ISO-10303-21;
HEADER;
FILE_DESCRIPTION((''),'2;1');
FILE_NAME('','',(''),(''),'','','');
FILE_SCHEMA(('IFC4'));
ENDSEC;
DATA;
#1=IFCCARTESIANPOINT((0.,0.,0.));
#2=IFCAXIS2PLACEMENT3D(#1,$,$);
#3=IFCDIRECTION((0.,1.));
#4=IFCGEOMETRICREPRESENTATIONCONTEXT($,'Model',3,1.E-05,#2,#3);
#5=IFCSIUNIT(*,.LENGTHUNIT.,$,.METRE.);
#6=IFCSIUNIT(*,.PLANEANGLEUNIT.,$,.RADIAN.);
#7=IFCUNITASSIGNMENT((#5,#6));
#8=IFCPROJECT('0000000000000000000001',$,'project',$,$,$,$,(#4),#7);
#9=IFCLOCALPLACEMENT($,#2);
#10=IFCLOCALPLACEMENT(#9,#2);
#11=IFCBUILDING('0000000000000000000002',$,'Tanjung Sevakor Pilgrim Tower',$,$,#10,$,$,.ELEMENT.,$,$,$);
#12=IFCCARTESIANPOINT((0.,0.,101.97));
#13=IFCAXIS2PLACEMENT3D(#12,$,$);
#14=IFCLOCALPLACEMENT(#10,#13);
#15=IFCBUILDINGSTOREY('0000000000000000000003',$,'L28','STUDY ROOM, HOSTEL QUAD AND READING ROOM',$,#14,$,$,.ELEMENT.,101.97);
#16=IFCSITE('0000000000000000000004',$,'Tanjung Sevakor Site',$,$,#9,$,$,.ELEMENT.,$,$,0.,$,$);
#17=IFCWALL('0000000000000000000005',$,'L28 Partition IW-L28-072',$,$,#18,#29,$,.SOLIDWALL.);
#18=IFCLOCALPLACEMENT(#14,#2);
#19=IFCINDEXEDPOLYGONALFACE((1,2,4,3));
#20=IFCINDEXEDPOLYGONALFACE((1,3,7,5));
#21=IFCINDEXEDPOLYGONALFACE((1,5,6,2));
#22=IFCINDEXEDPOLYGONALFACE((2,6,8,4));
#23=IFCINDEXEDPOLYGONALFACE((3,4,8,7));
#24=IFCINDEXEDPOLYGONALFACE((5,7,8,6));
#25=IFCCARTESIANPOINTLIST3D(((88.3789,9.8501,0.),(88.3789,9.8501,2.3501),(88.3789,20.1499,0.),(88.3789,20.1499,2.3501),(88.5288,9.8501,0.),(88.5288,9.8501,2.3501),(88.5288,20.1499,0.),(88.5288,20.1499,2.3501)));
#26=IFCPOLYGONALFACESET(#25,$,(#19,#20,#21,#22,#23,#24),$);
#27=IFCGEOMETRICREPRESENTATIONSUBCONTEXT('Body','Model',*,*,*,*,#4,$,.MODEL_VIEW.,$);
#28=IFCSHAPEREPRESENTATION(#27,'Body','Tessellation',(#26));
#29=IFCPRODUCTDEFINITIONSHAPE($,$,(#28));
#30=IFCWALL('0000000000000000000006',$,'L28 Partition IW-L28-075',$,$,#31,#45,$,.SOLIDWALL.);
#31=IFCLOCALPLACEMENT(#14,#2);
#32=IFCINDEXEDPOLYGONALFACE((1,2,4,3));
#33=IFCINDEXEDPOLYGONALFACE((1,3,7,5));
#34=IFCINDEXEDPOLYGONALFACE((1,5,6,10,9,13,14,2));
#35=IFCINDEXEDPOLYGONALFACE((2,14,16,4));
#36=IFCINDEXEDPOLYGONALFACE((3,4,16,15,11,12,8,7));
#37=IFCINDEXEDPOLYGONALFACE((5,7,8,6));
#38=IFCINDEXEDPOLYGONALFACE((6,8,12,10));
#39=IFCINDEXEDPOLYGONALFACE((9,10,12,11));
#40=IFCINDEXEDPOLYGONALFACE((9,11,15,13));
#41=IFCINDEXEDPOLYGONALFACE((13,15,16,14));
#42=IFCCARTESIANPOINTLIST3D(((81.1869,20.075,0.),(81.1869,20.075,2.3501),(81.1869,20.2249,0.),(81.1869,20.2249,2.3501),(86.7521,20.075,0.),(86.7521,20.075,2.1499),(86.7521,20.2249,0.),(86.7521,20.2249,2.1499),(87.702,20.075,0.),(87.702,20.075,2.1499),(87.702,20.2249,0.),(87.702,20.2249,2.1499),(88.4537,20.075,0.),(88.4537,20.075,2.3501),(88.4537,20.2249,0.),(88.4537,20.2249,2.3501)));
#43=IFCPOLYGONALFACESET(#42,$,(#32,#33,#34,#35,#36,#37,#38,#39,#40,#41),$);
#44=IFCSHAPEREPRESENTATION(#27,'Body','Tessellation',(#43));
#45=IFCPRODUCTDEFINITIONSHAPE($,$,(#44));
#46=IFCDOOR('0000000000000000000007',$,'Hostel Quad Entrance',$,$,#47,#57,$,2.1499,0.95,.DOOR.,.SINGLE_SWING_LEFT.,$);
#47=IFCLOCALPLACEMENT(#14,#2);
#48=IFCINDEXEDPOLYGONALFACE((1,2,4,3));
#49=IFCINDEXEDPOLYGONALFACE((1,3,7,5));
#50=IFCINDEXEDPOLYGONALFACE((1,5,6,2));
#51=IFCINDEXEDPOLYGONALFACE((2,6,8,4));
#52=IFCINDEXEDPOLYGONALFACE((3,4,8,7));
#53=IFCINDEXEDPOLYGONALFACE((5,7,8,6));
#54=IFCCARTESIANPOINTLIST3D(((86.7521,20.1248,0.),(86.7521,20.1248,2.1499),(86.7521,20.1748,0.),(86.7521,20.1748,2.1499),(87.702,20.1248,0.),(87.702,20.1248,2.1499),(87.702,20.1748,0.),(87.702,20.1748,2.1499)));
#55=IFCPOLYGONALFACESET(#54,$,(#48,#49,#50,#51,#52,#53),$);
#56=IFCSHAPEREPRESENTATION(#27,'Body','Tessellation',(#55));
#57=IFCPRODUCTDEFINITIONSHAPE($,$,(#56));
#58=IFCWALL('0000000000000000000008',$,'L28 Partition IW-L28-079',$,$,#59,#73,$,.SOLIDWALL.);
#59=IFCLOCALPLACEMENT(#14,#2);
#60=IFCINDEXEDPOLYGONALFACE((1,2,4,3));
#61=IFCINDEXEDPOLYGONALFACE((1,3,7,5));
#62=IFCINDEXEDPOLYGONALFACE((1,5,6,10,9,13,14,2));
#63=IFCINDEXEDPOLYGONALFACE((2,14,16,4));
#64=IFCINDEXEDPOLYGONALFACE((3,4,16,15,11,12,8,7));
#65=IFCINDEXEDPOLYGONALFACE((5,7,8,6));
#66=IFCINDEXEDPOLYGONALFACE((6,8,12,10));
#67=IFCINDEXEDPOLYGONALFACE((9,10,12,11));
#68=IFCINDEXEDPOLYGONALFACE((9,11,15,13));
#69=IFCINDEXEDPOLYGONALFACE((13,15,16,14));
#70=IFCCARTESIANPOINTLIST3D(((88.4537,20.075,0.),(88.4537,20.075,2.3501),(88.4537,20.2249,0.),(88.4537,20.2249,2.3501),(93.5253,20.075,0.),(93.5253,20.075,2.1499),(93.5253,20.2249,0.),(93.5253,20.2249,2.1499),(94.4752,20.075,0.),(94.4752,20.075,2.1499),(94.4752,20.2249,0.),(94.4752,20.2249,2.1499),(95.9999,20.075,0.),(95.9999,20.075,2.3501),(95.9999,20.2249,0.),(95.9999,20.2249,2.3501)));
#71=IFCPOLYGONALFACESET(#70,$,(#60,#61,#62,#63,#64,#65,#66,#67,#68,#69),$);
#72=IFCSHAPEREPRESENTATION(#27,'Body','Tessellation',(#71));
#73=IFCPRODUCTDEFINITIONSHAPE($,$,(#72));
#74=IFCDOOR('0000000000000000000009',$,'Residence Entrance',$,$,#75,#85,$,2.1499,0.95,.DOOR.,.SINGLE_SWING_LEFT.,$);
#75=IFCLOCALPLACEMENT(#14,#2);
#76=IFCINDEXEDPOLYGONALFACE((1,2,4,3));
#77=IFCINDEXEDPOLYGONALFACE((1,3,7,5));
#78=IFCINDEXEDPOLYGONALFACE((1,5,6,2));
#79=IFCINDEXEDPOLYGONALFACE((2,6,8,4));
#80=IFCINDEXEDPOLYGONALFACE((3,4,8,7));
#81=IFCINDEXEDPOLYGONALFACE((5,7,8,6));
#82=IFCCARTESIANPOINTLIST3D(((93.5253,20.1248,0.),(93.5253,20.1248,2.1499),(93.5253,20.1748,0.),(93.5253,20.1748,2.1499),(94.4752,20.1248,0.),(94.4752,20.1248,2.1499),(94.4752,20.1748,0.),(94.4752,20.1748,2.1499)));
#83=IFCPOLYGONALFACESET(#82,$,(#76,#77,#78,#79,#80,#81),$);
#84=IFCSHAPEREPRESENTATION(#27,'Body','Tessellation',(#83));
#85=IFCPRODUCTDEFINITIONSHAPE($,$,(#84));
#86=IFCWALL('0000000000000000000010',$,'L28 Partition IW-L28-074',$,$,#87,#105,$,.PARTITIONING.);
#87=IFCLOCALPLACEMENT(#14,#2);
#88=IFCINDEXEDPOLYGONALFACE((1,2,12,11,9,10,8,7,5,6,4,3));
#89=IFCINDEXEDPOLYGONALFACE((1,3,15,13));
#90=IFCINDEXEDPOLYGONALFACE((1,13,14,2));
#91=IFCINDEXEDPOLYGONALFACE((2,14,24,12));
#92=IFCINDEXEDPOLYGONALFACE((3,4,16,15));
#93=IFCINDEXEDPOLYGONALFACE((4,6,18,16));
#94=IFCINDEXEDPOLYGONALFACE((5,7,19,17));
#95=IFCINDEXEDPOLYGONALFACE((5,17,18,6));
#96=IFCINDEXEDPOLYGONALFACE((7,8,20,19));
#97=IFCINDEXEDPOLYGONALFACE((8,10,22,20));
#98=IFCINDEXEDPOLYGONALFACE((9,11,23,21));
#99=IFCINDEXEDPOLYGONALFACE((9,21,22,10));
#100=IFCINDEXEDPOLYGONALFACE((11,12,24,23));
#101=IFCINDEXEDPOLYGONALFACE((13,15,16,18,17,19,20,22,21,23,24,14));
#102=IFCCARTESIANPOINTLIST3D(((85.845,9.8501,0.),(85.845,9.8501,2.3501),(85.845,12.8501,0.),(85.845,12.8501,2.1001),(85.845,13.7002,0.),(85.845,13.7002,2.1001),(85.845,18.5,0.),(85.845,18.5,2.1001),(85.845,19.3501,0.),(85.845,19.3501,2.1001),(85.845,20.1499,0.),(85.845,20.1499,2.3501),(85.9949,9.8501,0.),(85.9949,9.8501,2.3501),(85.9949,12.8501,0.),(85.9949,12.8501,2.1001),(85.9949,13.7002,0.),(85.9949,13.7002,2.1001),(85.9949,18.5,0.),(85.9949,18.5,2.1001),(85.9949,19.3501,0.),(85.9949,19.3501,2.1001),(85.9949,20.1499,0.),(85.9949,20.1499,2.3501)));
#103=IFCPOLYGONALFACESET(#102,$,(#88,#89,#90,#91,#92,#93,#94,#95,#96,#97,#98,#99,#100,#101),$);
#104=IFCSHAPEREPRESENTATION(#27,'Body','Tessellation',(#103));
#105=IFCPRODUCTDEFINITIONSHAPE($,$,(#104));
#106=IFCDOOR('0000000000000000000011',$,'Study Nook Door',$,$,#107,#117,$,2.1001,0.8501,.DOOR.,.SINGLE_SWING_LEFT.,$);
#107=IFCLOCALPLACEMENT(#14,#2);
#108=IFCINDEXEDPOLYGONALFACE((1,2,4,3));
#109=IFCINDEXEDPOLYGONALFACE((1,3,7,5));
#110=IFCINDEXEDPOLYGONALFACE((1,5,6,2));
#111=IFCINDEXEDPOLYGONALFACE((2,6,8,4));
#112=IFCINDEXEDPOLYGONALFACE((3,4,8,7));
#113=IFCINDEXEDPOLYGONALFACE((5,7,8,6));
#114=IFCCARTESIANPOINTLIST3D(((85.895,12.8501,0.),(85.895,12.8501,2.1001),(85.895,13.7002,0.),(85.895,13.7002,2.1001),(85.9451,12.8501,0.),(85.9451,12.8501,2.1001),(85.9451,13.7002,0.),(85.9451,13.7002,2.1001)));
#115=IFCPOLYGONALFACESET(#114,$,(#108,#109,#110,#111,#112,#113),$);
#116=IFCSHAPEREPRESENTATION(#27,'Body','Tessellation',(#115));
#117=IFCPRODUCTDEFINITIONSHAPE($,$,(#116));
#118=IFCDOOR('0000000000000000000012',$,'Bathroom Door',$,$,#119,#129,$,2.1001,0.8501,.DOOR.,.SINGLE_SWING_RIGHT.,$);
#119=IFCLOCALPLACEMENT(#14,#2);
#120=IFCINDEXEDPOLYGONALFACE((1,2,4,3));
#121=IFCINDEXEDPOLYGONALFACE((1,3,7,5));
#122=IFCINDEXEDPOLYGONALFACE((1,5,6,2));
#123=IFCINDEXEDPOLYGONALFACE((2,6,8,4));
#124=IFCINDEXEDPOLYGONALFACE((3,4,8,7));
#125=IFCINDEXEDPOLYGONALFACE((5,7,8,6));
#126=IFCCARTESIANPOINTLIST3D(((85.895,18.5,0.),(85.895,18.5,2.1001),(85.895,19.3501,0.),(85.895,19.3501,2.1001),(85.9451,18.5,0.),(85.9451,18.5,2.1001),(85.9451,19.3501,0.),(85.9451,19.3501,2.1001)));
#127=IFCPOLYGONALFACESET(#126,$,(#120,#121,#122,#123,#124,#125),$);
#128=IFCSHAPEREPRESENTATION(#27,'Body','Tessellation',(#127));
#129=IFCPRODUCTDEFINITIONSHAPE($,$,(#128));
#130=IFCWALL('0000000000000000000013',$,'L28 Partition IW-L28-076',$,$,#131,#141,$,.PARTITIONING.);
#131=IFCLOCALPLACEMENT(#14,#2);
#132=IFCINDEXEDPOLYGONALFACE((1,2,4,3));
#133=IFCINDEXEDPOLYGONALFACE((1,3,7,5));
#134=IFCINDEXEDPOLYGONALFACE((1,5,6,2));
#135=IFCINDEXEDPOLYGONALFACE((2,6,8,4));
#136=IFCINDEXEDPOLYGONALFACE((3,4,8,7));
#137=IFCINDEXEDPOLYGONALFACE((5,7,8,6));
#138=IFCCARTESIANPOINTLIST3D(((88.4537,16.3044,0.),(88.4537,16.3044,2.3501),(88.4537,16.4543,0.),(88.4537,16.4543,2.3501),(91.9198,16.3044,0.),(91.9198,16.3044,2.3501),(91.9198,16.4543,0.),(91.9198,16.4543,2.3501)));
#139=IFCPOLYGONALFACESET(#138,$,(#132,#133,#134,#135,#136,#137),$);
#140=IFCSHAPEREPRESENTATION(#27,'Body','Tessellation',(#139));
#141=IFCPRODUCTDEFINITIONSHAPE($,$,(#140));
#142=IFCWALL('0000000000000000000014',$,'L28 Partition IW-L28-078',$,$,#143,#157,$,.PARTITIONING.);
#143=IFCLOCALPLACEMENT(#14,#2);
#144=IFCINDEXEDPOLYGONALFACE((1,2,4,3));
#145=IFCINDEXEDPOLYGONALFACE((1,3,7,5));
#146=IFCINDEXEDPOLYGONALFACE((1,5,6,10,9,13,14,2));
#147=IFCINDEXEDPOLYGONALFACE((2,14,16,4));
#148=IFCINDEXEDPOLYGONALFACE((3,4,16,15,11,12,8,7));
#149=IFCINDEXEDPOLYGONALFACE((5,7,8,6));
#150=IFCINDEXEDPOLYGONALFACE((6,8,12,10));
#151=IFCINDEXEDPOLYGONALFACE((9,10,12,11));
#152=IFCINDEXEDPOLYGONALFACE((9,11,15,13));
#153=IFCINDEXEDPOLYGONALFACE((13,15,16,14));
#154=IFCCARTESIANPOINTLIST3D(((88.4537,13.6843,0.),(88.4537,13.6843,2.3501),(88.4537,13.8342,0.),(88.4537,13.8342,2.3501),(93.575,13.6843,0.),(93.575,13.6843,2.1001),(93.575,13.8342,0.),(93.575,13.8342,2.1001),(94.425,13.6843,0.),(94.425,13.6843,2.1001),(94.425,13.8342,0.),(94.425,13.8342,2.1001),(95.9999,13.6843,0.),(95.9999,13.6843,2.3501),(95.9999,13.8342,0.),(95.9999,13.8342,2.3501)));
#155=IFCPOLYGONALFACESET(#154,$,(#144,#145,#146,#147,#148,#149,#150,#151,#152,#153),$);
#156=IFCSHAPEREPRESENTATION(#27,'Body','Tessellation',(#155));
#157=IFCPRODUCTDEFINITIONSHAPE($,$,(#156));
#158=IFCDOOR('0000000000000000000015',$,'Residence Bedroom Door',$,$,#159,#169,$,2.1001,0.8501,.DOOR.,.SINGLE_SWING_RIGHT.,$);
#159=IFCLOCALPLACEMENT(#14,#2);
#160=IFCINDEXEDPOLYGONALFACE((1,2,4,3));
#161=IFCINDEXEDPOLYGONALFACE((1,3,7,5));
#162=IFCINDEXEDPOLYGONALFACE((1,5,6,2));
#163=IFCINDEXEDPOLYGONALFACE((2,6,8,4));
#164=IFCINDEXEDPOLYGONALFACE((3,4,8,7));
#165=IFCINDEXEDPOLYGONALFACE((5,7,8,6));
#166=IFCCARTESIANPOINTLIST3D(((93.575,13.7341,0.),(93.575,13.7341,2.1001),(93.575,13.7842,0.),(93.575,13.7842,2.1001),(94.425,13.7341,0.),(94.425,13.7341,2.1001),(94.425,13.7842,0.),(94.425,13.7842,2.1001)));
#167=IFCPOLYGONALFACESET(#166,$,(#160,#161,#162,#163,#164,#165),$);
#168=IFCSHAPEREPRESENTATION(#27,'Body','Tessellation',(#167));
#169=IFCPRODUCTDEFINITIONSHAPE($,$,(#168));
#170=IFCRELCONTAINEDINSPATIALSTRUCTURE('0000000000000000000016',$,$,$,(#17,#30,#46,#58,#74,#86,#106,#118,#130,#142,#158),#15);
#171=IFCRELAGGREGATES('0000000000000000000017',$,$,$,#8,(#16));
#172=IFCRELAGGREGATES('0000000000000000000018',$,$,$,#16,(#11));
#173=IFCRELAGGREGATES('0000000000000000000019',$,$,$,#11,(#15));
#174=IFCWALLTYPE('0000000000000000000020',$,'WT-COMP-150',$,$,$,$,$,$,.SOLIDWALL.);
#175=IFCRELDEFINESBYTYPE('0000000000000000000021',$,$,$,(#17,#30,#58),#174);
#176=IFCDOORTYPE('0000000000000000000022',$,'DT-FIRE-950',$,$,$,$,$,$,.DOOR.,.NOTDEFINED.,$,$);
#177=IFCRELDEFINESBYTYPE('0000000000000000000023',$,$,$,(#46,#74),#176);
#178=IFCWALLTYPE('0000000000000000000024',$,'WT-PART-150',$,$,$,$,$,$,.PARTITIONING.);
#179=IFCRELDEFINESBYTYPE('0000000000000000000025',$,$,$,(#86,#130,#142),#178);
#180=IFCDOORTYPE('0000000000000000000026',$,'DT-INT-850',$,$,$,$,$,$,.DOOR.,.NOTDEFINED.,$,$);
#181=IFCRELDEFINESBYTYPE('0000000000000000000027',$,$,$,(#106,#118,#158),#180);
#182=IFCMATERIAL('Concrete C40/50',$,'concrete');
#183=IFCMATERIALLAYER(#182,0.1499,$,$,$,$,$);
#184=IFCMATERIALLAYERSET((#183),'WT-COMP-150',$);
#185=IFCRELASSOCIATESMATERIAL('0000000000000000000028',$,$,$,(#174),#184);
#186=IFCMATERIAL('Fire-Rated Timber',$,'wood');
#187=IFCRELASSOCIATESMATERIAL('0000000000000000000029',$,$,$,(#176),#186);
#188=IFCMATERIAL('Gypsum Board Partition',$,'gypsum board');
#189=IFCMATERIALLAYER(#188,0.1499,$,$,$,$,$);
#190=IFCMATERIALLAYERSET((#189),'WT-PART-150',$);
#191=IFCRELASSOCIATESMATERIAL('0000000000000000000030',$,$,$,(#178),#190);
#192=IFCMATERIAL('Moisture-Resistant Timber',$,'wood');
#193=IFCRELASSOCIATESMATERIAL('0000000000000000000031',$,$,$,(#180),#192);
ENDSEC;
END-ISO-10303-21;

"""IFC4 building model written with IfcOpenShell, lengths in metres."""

from ifc_helpers import new_model, si_unit, direction, frame, frame_2d, origin, place, context, subcontext, project, spatial, rectangle, extrude, material, layer, layer_set, type_object, element, fill, save


model = new_model("IFC4")

# Units and contexts
model_context = context("Model", 3, precision=1e-05, world=origin(), true_north=direction((0.0, 1.0)))
body_context = subcontext(model_context, "Body", "Model", "MODEL_VIEW")
ifc_project = project(units=[si_unit("LENGTHUNIT", "METRE"), si_unit("PLANEANGLEUNIT", "RADIAN")], contexts=[model_context])

# Site, building, storey
site_placement = place(None, origin())
site = spatial("IfcSite", under=ifc_project, at=site_placement, Name="Tanjung Sevakor Site", CompositionType="ELEMENT", RefElevation=0.0)
building_placement = place(site_placement, origin())
building = spatial("IfcBuilding", under=site, at=building_placement, Name="Tanjung Sevakor Pilgrim Tower", CompositionType="ELEMENT")
storey_placement = place(building_placement, frame((0.0, 0.0, 101.97)))
storey = spatial("IfcBuildingStorey", under=building, at=storey_placement, Name="L28", Description="STUDY ROOM, HOSTEL QUAD AND READING ROOM", CompositionType="ELEMENT", Elevation=101.97)

# Wall
ifc_material_1 = material(Name="Concrete C40/50", Category="concrete")
ifc_layer_1 = layer(ifc_material_1, 0.1499)
ifc_layer_set_1 = layer_set([ifc_layer_1], Name="WT-COMP-150")
wall_type_1 = type_object("IfcWallType", Name="WT-COMP-150", PredefinedType="SOLIDWALL", material=ifc_layer_set_1)
wall_1_placement = place(storey_placement, frame((88.4539, 9.8501, 0.0), z_axis=(0.0, 0.0, 1.0), x_axis=(0.0, 1.0, 0.0)))
element("IfcWall", 1, at=wall_1_placement, inside=storey, type_object=wall_type_1, Name="L28 Partition IW-L28-072", PredefinedType="SOLIDWALL", context=body_context, shape_type="SweptSolid", body=[
    extrude(rectangle(XDim=10.2998, YDim=0.1499, at=frame_2d((5.1499, 0.0))), origin(), (0.0, 0.0, 1.0), 2.3501),
])

# Walls, openings, doors
wall_2_placement = place(storey_placement, frame((81.187, 20.1499, 0.0), z_axis=(0.0, 0.0, 1.0), x_axis=(1.0, 0.0, 0.0)))
wall_2 = element("IfcWall", 2, at=wall_2_placement, inside=storey, type_object=wall_type_1, Name="L28 Partition IW-L28-075", PredefinedType="SOLIDWALL", context=body_context, shape_type="SweptSolid", body=[
    extrude(rectangle(XDim=7.2668, YDim=0.1499, at=frame_2d((3.6333, 0.0))), origin(), (0.0, 0.0, 1.0), 2.3501),
])
opening_1_placement = place(wall_2_placement, frame((5.5649, 0.0, 0.0)))
opening_1 = element("IfcOpeningElement", 3, at=opening_1_placement, cuts=wall_2, PredefinedType="OPENING", context=body_context, shape_type="SweptSolid", body=[
    extrude(rectangle(XDim=0.95, YDim=2.1499, at=frame_2d((0.4751, 1.075))), frame((0.0, 0.085, 0.0), z_axis=(0.0, -1.0, 0.0), x_axis=(1.0, 0.0, 0.0)), (0.0, 0.0, 1.0), 0.1699),
])
ifc_material_2 = material(Name="Fire-Rated Timber", Category="wood")
door_type_1 = type_object("IfcDoorType", Name="DT-FIRE-950", OperationType="NOTDEFINED", PredefinedType="DOOR", material=ifc_material_2)
door_1_placement = place(opening_1_placement, origin())
door_1 = element("IfcDoor", 4, at=door_1_placement, inside=storey, type_object=door_type_1, Name="Hostel Quad Entrance", OperationType="SINGLE_SWING_LEFT", OverallHeight=2.1499, OverallWidth=0.95, PredefinedType="DOOR", context=body_context, shape_type="SweptSolid", body=[
    extrude(rectangle(XDim=0.95, YDim=2.1499, at=frame_2d((0.4751, 1.075))), frame((0.0, 0.0249, 0.0), z_axis=(0.0, -1.0, 0.0), x_axis=(1.0, 0.0, 0.0)), (0.0, 0.0, 1.0), 0.05),
])
fill(opening_1, door_1)
wall_3_placement = place(storey_placement, frame((88.4539, 20.1499, 0.0), z_axis=(0.0, 0.0, 1.0), x_axis=(1.0, 0.0, 0.0)))
wall_3 = element("IfcWall", 5, at=wall_3_placement, inside=storey, type_object=wall_type_1, Name="L28 Partition IW-L28-079", PredefinedType="SOLIDWALL", context=body_context, shape_type="SweptSolid", body=[
    extrude(rectangle(XDim=7.5461, YDim=0.1499, at=frame_2d((3.7729, 0.0))), origin(), (0.0, 0.0, 1.0), 2.3501),
])
opening_2_placement = place(wall_3_placement, frame((5.0713, 0.0, 0.0)))
opening_2 = element("IfcOpeningElement", 6, at=opening_2_placement, cuts=wall_3, PredefinedType="OPENING", context=body_context, shape_type="SweptSolid", body=[
    extrude(rectangle(XDim=0.95, YDim=2.1499, at=frame_2d((0.4751, 1.075))), frame((0.0, 0.085, 0.0), z_axis=(0.0, -1.0, 0.0), x_axis=(1.0, 0.0, 0.0)), (0.0, 0.0, 1.0), 0.1699),
])
door_2_placement = place(opening_2_placement, origin())
door_2 = element("IfcDoor", 7, at=door_2_placement, inside=storey, type_object=door_type_1, Name="Residence Entrance", OperationType="SINGLE_SWING_LEFT", OverallHeight=2.1499, OverallWidth=0.95, PredefinedType="DOOR", context=body_context, shape_type="SweptSolid", body=[
    extrude(rectangle(XDim=0.95, YDim=2.1499, at=frame_2d((0.4751, 1.075))), frame((0.0, 0.0249, 0.0), z_axis=(0.0, -1.0, 0.0), x_axis=(1.0, 0.0, 0.0)), (0.0, 0.0, 1.0), 0.05),
])
fill(opening_2, door_2)

# Wall, openings, doors
ifc_material_3 = material(Name="Gypsum Board Partition", Category="gypsum board")
ifc_layer_2 = layer(ifc_material_3, 0.1499)
ifc_layer_set_2 = layer_set([ifc_layer_2], Name="WT-PART-150")
wall_type_2 = type_object("IfcWallType", Name="WT-PART-150", PredefinedType="PARTITIONING", material=ifc_layer_set_2)
wall_4_placement = place(storey_placement, frame((85.9199, 9.8501, 0.0), z_axis=(0.0, 0.0, 1.0), x_axis=(0.0, 1.0, 0.0)))
wall_4 = element("IfcWall", 8, at=wall_4_placement, inside=storey, type_object=wall_type_2, Name="L28 Partition IW-L28-074", PredefinedType="PARTITIONING", context=body_context, shape_type="SweptSolid", body=[
    extrude(rectangle(XDim=10.2998, YDim=0.1499, at=frame_2d((5.1499, 0.0))), origin(), (0.0, 0.0, 1.0), 2.3501),
])
opening_3_placement = place(wall_4_placement, frame((3.0, 0.0, 0.0)))
opening_3 = element("IfcOpeningElement", 9, at=opening_3_placement, cuts=wall_4, PredefinedType="OPENING", context=body_context, shape_type="SweptSolid", body=[
    extrude(rectangle(XDim=0.8501, YDim=2.1001, at=frame_2d((0.425, 1.05))), frame((0.0, 0.085, 0.0), z_axis=(0.0, -1.0, 0.0), x_axis=(1.0, 0.0, 0.0)), (0.0, 0.0, 1.0), 0.1699),
])
opening_4_placement = place(wall_4_placement, frame((8.6499, 0.0, 0.0)))
opening_4 = element("IfcOpeningElement", 10, at=opening_4_placement, cuts=wall_4, PredefinedType="OPENING", context=body_context, shape_type="SweptSolid", body=[
    extrude(rectangle(XDim=0.8501, YDim=2.1001, at=frame_2d((0.425, 1.05))), frame((0.0, 0.085, 0.0), z_axis=(0.0, -1.0, 0.0), x_axis=(1.0, 0.0, 0.0)), (0.0, 0.0, 1.0), 0.1699),
])
ifc_material_4 = material(Name="Moisture-Resistant Timber", Category="wood")
door_type_2 = type_object("IfcDoorType", Name="DT-INT-850", OperationType="NOTDEFINED", PredefinedType="DOOR", material=ifc_material_4)
door_3_placement = place(opening_3_placement, origin())
door_3 = element("IfcDoor", 11, at=door_3_placement, inside=storey, type_object=door_type_2, Name="Study Nook Door", OperationType="SINGLE_SWING_LEFT", OverallHeight=2.1001, OverallWidth=0.8501, PredefinedType="DOOR", context=body_context, shape_type="SweptSolid", body=[
    extrude(rectangle(XDim=0.8501, YDim=2.1001, at=frame_2d((0.425, 1.05))), frame((0.0, 0.0249, 0.0), z_axis=(0.0, -1.0, 0.0), x_axis=(1.0, 0.0, 0.0)), (0.0, 0.0, 1.0), 0.05),
])
fill(opening_3, door_3)
door_4_placement = place(opening_4_placement, origin())
door_4 = element("IfcDoor", 12, at=door_4_placement, inside=storey, type_object=door_type_2, Name="Bathroom Door", OperationType="SINGLE_SWING_RIGHT", OverallHeight=2.1001, OverallWidth=0.8501, PredefinedType="DOOR", context=body_context, shape_type="SweptSolid", body=[
    extrude(rectangle(XDim=0.8501, YDim=2.1001, at=frame_2d((0.425, 1.05))), frame((0.0, 0.0249, 0.0), z_axis=(0.0, -1.0, 0.0), x_axis=(1.0, 0.0, 0.0)), (0.0, 0.0, 1.0), 0.05),
])
fill(opening_4, door_4)

# Wall
wall_5_placement = place(storey_placement, frame((88.4539, 16.3794, 0.0), z_axis=(0.0, 0.0, 1.0), x_axis=(1.0, 0.0, 0.0)))
element("IfcWall", 13, at=wall_5_placement, inside=storey, type_object=wall_type_2, Name="L28 Partition IW-L28-076", PredefinedType="PARTITIONING", context=body_context, shape_type="SweptSolid", body=[
    extrude(rectangle(XDim=3.4661, YDim=0.1499, at=frame_2d((1.7329, 0.0))), origin(), (0.0, 0.0, 1.0), 2.3501),
])

# Wall, opening, door
wall_6_placement = place(storey_placement, frame((88.4539, 13.7593, 0.0), z_axis=(0.0, 0.0, 1.0), x_axis=(1.0, 0.0, 0.0)))
wall_6 = element("IfcWall", 14, at=wall_6_placement, inside=storey, type_object=wall_type_2, Name="L28 Partition IW-L28-078", PredefinedType="PARTITIONING", context=body_context, shape_type="SweptSolid", body=[
    extrude(rectangle(XDim=7.5461, YDim=0.1499, at=frame_2d((3.7729, 0.0))), origin(), (0.0, 0.0, 1.0), 2.3501),
])
opening_5_placement = place(wall_6_placement, frame((5.1211, 0.0, 0.0)))
opening_5 = element("IfcOpeningElement", 15, at=opening_5_placement, cuts=wall_6, PredefinedType="OPENING", context=body_context, shape_type="SweptSolid", body=[
    extrude(rectangle(XDim=0.8501, YDim=2.1001, at=frame_2d((0.425, 1.05))), frame((0.0, 0.085, 0.0), z_axis=(0.0, -1.0, 0.0), x_axis=(1.0, 0.0, 0.0)), (0.0, 0.0, 1.0), 0.1699),
])
door_5_placement = place(opening_5_placement, origin())
door_5 = element("IfcDoor", 16, at=door_5_placement, inside=storey, type_object=door_type_2, Name="Residence Bedroom Door", OperationType="SINGLE_SWING_RIGHT", OverallHeight=2.1001, OverallWidth=0.8501, PredefinedType="DOOR", context=body_context, shape_type="SweptSolid", body=[
    extrude(rectangle(XDim=0.8501, YDim=2.1001, at=frame_2d((0.425, 1.05))), frame((0.0, 0.0249, 0.0), z_axis=(0.0, -1.0, 0.0), x_axis=(1.0, 0.0, 0.0)), (0.0, 0.0, 1.0), 0.05),
])
fill(opening_5, door_5)

save(model, "model.ifc")
